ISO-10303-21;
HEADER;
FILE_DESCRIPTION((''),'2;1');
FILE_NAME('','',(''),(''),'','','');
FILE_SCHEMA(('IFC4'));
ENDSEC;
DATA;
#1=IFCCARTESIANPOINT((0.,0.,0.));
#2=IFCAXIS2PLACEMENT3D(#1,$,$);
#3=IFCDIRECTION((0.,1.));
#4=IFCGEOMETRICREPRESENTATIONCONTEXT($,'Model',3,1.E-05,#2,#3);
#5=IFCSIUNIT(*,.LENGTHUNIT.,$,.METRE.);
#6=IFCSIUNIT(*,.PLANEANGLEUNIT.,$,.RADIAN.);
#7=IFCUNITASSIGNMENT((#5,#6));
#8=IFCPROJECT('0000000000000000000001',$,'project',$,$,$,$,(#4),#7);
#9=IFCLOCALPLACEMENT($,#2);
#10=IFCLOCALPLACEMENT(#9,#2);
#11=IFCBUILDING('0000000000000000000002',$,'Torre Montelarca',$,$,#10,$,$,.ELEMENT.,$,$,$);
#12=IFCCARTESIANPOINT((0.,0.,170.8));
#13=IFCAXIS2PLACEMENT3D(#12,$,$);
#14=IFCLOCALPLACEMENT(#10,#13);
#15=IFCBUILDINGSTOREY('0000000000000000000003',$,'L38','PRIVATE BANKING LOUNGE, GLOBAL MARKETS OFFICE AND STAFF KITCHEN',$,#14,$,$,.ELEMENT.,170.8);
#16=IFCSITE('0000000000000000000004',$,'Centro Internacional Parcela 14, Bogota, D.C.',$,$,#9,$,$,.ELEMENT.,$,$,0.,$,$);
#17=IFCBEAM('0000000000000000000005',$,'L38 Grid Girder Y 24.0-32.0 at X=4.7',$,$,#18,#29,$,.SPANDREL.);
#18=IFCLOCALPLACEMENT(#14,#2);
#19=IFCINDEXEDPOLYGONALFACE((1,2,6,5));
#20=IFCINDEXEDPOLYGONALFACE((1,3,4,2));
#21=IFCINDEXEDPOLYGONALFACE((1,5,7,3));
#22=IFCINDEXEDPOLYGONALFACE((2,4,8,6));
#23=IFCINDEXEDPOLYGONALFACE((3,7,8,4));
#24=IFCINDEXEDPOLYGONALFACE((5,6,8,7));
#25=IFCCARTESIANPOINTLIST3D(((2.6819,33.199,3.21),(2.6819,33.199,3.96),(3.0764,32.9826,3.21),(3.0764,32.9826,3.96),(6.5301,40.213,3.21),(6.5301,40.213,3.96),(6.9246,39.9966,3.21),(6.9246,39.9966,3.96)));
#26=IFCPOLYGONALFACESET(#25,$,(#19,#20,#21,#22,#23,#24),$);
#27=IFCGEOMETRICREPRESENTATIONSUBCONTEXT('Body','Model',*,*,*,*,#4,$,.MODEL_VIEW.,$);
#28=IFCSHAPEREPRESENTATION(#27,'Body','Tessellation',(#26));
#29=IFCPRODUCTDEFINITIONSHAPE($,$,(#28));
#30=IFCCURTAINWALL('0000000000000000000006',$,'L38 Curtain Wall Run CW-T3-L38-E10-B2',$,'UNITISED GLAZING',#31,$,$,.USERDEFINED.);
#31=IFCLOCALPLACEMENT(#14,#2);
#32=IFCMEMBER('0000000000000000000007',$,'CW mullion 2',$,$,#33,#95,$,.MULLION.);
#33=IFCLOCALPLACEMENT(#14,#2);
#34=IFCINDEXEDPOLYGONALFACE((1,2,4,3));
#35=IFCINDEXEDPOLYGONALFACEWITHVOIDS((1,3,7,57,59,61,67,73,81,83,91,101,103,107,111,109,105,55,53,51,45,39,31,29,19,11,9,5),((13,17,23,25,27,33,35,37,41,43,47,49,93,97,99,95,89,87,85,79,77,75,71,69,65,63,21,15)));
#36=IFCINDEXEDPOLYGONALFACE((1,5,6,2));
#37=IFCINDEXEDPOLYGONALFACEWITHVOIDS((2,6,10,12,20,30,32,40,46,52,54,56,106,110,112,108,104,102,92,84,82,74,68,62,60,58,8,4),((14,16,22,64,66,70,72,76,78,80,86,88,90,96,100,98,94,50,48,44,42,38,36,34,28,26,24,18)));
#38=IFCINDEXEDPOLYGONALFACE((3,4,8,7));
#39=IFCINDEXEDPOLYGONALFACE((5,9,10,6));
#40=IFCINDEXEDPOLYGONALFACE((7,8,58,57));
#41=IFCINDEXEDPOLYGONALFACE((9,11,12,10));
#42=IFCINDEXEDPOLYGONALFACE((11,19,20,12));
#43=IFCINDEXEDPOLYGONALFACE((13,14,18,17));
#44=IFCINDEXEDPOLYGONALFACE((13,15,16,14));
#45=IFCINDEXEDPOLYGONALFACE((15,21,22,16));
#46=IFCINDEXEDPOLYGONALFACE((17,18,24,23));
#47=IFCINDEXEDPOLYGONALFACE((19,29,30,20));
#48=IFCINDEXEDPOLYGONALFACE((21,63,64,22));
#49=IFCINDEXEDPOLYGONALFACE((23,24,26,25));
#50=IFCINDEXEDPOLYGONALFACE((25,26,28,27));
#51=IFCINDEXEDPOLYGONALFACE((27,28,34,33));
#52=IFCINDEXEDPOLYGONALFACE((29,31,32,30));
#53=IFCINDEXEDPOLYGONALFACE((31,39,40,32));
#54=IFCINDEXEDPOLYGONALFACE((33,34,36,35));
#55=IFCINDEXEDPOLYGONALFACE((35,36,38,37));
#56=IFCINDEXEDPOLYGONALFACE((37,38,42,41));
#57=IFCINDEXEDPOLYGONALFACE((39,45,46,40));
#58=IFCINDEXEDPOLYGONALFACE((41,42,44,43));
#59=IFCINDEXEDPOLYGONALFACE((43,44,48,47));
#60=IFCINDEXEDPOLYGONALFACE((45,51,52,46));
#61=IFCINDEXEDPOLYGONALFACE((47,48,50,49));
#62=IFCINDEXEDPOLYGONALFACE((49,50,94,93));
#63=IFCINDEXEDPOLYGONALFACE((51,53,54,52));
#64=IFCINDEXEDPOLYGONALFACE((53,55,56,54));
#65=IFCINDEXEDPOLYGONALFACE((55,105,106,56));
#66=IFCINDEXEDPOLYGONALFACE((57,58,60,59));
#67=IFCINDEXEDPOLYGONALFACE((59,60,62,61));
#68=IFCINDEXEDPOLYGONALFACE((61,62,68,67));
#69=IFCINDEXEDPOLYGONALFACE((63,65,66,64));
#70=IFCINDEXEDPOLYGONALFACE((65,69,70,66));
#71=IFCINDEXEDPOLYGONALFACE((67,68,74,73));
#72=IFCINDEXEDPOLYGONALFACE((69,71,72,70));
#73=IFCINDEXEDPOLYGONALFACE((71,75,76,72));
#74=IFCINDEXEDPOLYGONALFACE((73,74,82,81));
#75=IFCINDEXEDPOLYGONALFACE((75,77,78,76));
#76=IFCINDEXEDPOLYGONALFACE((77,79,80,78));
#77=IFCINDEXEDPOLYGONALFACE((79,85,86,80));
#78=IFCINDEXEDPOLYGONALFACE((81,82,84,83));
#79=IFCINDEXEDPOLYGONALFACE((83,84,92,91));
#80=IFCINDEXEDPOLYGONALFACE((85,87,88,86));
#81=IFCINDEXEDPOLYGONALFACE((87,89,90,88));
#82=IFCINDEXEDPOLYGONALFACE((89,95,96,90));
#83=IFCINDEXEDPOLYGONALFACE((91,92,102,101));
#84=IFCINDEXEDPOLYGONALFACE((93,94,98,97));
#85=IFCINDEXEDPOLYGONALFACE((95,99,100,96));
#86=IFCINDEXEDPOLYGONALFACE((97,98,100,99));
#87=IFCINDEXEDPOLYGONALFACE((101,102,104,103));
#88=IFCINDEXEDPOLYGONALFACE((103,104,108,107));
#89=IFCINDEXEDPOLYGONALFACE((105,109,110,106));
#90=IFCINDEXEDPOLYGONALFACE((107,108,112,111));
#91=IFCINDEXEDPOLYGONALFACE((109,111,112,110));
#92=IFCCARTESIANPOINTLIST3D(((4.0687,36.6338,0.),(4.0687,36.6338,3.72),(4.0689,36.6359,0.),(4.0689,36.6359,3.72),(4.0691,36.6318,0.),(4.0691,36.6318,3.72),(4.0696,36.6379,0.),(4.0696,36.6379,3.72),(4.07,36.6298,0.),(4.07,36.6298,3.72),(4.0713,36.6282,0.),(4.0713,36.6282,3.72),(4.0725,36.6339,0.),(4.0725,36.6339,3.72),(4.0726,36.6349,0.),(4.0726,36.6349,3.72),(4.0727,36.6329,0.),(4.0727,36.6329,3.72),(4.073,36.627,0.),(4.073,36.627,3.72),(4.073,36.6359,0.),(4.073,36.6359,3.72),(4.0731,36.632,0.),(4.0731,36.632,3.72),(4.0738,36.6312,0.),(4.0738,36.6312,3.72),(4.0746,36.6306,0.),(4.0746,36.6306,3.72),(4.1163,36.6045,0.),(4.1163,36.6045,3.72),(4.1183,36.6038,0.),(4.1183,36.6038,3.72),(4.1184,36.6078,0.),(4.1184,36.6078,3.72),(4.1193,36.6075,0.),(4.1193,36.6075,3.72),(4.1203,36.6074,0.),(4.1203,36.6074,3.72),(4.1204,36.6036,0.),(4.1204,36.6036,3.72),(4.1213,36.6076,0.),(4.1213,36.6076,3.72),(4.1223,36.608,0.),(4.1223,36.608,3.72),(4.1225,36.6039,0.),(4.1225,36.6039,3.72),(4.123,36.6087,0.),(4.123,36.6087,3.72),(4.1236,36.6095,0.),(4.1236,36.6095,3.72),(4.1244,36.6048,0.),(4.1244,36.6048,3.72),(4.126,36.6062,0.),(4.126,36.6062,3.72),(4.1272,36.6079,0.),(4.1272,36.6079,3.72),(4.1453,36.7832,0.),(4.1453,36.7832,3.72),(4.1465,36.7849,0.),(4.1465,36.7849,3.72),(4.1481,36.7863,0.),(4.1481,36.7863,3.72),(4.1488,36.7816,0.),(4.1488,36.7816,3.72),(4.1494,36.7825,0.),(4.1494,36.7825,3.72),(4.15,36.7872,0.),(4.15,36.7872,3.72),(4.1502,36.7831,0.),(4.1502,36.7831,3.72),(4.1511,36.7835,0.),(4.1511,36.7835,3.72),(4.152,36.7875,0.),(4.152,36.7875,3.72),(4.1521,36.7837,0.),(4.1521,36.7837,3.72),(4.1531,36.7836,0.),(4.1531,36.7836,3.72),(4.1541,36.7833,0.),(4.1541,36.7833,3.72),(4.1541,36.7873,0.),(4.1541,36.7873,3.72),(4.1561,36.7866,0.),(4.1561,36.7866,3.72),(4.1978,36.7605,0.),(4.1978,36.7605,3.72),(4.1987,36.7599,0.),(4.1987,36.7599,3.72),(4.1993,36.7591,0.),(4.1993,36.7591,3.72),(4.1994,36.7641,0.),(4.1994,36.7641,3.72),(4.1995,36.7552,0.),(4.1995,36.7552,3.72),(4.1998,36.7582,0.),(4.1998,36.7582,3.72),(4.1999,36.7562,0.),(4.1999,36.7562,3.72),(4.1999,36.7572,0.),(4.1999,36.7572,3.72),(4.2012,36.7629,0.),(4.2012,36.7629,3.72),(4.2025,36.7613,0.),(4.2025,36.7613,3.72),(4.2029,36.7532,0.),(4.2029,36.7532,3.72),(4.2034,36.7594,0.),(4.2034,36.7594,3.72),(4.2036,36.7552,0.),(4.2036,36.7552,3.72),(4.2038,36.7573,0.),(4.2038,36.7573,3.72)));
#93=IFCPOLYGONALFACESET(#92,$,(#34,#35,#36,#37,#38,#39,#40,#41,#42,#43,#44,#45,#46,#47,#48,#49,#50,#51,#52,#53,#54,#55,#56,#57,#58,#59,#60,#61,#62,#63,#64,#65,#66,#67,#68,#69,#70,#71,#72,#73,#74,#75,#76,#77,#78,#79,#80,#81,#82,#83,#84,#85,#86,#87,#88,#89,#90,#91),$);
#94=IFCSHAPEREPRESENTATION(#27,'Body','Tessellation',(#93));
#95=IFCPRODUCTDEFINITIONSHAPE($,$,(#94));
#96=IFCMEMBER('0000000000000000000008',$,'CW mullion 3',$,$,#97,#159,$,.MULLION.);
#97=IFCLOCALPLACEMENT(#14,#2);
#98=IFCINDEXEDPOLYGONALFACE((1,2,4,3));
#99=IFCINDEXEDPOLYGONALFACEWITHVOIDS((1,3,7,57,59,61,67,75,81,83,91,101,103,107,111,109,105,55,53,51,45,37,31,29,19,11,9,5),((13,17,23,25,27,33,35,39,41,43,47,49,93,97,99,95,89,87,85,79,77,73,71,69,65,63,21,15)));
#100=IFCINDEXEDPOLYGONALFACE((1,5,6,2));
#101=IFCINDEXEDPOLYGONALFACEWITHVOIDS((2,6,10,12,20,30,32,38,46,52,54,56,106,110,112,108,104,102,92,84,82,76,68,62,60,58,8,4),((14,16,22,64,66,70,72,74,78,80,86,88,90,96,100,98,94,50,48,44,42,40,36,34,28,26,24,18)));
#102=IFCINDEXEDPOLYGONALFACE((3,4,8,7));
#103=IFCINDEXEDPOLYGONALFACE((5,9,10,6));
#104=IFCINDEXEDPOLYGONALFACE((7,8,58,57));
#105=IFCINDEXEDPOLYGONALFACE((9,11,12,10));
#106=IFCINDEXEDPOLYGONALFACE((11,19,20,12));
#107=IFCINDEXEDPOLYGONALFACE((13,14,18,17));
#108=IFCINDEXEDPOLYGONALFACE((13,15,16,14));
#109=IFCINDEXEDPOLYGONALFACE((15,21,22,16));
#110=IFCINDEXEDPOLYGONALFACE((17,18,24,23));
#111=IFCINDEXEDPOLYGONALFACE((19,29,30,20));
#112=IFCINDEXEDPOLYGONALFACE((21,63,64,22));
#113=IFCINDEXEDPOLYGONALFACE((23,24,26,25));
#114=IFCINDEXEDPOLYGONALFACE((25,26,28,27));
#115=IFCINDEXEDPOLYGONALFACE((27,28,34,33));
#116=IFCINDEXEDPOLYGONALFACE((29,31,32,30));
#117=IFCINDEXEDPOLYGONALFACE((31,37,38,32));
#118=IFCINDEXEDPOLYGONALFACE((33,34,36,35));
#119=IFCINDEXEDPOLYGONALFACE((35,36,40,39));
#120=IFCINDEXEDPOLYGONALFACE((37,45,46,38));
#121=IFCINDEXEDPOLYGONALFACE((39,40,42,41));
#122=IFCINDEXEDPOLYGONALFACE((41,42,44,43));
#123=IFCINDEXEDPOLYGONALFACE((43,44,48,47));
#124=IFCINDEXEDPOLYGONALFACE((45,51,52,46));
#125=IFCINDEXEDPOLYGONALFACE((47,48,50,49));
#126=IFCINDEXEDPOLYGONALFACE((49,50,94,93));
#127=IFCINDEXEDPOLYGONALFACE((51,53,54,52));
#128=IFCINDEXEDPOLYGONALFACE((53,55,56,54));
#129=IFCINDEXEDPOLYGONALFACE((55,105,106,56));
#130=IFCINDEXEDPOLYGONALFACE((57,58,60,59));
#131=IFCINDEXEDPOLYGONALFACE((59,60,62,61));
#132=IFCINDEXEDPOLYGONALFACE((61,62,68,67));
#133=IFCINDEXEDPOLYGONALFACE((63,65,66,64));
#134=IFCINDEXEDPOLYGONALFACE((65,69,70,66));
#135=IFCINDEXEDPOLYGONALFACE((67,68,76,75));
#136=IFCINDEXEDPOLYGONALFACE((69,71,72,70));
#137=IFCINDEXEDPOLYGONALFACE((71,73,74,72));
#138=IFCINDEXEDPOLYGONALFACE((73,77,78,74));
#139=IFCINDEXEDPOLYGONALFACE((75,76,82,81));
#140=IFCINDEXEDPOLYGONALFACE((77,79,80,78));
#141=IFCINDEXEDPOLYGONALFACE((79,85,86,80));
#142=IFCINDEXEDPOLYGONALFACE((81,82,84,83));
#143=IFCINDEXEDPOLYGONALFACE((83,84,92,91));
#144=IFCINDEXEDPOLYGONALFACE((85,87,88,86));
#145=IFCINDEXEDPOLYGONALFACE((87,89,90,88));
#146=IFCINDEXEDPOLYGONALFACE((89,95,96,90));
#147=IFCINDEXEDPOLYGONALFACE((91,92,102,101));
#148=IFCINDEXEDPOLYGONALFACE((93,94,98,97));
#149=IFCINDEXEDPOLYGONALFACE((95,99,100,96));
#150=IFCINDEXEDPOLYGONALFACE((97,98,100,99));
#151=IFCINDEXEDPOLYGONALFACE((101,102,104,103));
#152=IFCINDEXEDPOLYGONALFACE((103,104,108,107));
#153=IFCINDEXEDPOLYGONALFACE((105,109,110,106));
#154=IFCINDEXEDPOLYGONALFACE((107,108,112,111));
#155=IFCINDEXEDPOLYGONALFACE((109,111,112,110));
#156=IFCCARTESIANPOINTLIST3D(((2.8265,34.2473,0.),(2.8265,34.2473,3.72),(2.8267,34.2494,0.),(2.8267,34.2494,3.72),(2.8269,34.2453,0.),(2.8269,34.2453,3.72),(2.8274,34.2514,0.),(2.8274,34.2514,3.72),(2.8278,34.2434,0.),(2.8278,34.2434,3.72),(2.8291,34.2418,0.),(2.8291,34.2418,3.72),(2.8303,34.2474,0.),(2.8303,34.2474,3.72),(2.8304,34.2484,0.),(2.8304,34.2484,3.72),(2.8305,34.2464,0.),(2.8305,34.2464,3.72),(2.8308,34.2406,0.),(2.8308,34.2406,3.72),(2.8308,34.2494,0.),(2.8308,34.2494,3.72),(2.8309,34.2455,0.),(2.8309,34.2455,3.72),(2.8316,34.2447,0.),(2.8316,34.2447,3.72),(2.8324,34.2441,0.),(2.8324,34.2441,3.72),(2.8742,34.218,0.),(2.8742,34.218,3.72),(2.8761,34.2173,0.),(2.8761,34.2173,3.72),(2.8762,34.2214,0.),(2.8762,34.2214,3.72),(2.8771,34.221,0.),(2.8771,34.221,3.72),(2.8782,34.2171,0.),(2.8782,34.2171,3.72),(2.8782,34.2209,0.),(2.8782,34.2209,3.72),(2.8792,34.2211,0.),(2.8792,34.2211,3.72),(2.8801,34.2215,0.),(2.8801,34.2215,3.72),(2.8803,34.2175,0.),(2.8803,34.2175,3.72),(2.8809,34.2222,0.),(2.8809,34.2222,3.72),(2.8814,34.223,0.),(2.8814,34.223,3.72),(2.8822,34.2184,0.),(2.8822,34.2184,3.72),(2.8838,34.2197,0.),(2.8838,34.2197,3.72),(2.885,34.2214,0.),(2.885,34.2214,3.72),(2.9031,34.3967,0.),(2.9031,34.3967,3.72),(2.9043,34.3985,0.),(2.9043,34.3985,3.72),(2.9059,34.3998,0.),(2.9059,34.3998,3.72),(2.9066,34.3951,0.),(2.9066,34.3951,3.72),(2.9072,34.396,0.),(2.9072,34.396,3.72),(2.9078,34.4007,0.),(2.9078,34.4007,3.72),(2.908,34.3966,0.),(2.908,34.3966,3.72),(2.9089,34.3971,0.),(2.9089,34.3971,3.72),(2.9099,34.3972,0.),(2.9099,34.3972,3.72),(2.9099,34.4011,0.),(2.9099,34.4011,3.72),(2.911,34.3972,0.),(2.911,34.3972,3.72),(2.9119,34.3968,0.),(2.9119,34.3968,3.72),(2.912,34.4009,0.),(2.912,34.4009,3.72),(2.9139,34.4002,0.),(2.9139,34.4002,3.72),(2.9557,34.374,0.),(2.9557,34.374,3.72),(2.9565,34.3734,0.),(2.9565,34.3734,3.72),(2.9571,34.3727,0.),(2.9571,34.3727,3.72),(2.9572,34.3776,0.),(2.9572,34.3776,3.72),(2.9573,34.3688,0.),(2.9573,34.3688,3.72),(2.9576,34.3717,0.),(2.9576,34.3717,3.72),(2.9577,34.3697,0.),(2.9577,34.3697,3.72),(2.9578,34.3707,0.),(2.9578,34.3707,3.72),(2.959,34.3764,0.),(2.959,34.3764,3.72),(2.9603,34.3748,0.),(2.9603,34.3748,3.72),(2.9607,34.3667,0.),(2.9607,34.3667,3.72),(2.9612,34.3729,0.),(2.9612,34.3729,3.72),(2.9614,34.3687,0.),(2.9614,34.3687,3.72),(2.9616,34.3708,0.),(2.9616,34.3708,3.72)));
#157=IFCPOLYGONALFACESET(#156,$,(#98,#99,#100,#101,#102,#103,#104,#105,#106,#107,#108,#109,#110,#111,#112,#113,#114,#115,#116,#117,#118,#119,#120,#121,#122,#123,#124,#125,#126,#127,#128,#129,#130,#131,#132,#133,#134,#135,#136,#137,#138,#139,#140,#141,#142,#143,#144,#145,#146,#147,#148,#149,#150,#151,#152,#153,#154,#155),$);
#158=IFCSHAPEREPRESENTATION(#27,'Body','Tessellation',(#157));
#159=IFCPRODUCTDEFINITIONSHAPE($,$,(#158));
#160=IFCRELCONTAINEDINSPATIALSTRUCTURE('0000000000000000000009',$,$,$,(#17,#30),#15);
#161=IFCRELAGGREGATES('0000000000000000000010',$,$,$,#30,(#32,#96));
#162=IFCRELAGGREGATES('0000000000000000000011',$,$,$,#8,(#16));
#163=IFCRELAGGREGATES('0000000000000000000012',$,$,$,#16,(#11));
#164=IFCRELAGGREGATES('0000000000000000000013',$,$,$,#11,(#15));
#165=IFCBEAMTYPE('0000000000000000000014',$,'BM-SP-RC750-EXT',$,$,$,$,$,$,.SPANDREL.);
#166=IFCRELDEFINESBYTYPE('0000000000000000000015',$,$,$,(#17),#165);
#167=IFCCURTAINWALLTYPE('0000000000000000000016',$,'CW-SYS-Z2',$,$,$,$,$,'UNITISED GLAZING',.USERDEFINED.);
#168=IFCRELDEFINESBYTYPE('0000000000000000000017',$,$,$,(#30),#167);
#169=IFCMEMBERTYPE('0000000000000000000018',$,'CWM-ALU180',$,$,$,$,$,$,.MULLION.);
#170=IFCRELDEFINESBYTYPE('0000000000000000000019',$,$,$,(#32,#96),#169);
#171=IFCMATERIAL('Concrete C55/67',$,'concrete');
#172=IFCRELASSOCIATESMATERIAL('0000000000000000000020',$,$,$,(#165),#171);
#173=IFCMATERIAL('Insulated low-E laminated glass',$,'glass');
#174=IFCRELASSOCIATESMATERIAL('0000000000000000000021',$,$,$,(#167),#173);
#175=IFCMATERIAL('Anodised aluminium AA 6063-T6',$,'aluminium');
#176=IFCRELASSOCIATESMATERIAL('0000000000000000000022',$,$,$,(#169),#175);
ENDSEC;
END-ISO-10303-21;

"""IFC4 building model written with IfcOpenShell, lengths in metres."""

from ifc_helpers import new_model, si_unit, direction, frame, origin, origin_2d, place, context, subcontext, project, spatial, rectangle, hollow_rectangle, extrude, source, transform, mapped, material, material_profile, profile_set, type_object, element, aggregate, save


model = new_model("IFC4")

# Units and contexts
model_context = context("Model", 3, precision=1e-05, world=origin(), true_north=direction((0.0, 1.0)))
body_context = subcontext(model_context, "Body", "Model", "MODEL_VIEW")
ifc_project = project(units=[si_unit("LENGTHUNIT", "METRE"), si_unit("PLANEANGLEUNIT", "RADIAN")], contexts=[model_context])

# Site, building, storey
site_placement = place(None, origin())
site = spatial("IfcSite", under=ifc_project, at=site_placement, Name="Centro Internacional Parcela 14, Bogota, D.C.", CompositionType="ELEMENT", RefElevation=0.0)
building_placement = place(site_placement, origin())
building = spatial("IfcBuilding", under=site, at=building_placement, Name="Torre Montelarca", CompositionType="ELEMENT")
storey_placement = place(building_placement, frame((0.0, 0.0, 170.8)))
storey = spatial("IfcBuildingStorey", under=building, at=storey_placement, Name="L38", Description="PRIVATE BANKING LOUNGE, GLOBAL MARKETS OFFICE AND STAFF KITCHEN", CompositionType="ELEMENT", Elevation=170.8)

# Shared definitions
ifc_material_1 = material(Name="Concrete C55/67", Category="concrete")

# Beam
ifc_material_profile_1 = material_profile(ifc_material_1, rectangle(XDim=0.45, YDim=0.75, at=origin_2d()), Name="RCB450X750", Category="concrete")
ifc_profile_set_1 = profile_set([ifc_material_profile_1], Name="Concrete C55/67")
beam_type = type_object("IfcBeamType", Name="BM-SP-RC750-EXT", PredefinedType="SPANDREL", material=ifc_profile_set_1)
shared_shape_1 = source(origin(), body_context, "Body", "SweptSolid", [
    extrude(rectangle(XDim=0.45, YDim=0.75, at=origin_2d()), origin(), (0.0, 0.0, 1.0), 8.0002),
])
beam_placement = place(storey_placement, frame((2.8792, 33.0908, 3.585), z_axis=(0.481006, 0.876717, 0.0), x_axis=(-0.876717, 0.481006, 0.0)))
element("IfcBeam", 1, at=beam_placement, inside=storey, type_object=beam_type, Name="L38 Grid Girder Y 24.0-32.0 at X=4.7", PredefinedType="SPANDREL", context=body_context, shape_type="MappedRepresentation", body=[
    mapped(shared_shape_1, transform((0.0, 0.0, 0.0), scale=1.0)),
])

# Curtain wall, members
ifc_material_2 = material(Name="Insulated low-E laminated glass", Category="glass")
curtain_wall_type = type_object("IfcCurtainWallType", Name="CW-SYS-Z2", ElementType="UNITISED GLAZING", PredefinedType="USERDEFINED", material=ifc_material_2)
curtain_wall_1_placement = place(storey_placement, origin())
curtain_wall_1 = element("IfcCurtainWall", 2, at=curtain_wall_1_placement, inside=storey, type_object=curtain_wall_type, Name="L38 Curtain Wall Run CW-T3-L38-E10-B2", ObjectType="UNITISED GLAZING", PredefinedType="USERDEFINED")
ifc_material_3 = material(Name="Anodised aluminium AA 6063-T6", Category="aluminium")
ifc_material_profile_2 = material_profile(ifc_material_3, hollow_rectangle(XDim=0.0649, YDim=0.1799, WallThickness=0.0039, InnerFilletRadius=0.0039, OuterFilletRadius=0.0081, at=origin_2d()), Name="ALU65X180X4", Category="aluminium")
ifc_profile_set_2 = profile_set([ifc_material_profile_2], Name="Anodised aluminium AA 6063-T6")
member_type_1 = type_object("IfcMemberType", Name="CWM-ALU180", PredefinedType="MULLION", material=ifc_profile_set_2)
shared_shape_2 = source(origin(), body_context, "Body", "SweptSolid", [
    extrude(hollow_rectangle(XDim=0.0649, YDim=0.1799, WallThickness=0.0039, InnerFilletRadius=0.0039, OuterFilletRadius=0.0081, at=origin_2d()), origin(), (0.0, 0.0, 1.0), 3.72),
])
member_1_placement = place(storey_placement, frame((4.1362, 36.6956, 0.0), z_axis=(0.0, 0.0, 1.0), x_axis=(0.88701, -0.461749, 0.0)))
member_1 = element("IfcMember", 3, at=member_1_placement, type_object=member_type_1, Name="CW mullion 2", PredefinedType="MULLION", context=body_context, shape_type="MappedRepresentation", body=[
    mapped(shared_shape_2, transform((0.0, 0.0, 0.0), scale=1.0)),
])
member_2_placement = place(storey_placement, frame((2.894, 34.3091, 0.0), z_axis=(0.0, 0.0, 1.0), x_axis=(0.88701, -0.461749, 0.0)))
member_2 = element("IfcMember", 4, at=member_2_placement, type_object=member_type_1, Name="CW mullion 3", PredefinedType="MULLION", context=body_context, shape_type="MappedRepresentation", body=[
    mapped(shared_shape_2, transform((0.0, 0.0, 0.0), scale=1.0)),
])

aggregate(curtain_wall_1, [member_1, member_2])

save(model, "model.ifc")
